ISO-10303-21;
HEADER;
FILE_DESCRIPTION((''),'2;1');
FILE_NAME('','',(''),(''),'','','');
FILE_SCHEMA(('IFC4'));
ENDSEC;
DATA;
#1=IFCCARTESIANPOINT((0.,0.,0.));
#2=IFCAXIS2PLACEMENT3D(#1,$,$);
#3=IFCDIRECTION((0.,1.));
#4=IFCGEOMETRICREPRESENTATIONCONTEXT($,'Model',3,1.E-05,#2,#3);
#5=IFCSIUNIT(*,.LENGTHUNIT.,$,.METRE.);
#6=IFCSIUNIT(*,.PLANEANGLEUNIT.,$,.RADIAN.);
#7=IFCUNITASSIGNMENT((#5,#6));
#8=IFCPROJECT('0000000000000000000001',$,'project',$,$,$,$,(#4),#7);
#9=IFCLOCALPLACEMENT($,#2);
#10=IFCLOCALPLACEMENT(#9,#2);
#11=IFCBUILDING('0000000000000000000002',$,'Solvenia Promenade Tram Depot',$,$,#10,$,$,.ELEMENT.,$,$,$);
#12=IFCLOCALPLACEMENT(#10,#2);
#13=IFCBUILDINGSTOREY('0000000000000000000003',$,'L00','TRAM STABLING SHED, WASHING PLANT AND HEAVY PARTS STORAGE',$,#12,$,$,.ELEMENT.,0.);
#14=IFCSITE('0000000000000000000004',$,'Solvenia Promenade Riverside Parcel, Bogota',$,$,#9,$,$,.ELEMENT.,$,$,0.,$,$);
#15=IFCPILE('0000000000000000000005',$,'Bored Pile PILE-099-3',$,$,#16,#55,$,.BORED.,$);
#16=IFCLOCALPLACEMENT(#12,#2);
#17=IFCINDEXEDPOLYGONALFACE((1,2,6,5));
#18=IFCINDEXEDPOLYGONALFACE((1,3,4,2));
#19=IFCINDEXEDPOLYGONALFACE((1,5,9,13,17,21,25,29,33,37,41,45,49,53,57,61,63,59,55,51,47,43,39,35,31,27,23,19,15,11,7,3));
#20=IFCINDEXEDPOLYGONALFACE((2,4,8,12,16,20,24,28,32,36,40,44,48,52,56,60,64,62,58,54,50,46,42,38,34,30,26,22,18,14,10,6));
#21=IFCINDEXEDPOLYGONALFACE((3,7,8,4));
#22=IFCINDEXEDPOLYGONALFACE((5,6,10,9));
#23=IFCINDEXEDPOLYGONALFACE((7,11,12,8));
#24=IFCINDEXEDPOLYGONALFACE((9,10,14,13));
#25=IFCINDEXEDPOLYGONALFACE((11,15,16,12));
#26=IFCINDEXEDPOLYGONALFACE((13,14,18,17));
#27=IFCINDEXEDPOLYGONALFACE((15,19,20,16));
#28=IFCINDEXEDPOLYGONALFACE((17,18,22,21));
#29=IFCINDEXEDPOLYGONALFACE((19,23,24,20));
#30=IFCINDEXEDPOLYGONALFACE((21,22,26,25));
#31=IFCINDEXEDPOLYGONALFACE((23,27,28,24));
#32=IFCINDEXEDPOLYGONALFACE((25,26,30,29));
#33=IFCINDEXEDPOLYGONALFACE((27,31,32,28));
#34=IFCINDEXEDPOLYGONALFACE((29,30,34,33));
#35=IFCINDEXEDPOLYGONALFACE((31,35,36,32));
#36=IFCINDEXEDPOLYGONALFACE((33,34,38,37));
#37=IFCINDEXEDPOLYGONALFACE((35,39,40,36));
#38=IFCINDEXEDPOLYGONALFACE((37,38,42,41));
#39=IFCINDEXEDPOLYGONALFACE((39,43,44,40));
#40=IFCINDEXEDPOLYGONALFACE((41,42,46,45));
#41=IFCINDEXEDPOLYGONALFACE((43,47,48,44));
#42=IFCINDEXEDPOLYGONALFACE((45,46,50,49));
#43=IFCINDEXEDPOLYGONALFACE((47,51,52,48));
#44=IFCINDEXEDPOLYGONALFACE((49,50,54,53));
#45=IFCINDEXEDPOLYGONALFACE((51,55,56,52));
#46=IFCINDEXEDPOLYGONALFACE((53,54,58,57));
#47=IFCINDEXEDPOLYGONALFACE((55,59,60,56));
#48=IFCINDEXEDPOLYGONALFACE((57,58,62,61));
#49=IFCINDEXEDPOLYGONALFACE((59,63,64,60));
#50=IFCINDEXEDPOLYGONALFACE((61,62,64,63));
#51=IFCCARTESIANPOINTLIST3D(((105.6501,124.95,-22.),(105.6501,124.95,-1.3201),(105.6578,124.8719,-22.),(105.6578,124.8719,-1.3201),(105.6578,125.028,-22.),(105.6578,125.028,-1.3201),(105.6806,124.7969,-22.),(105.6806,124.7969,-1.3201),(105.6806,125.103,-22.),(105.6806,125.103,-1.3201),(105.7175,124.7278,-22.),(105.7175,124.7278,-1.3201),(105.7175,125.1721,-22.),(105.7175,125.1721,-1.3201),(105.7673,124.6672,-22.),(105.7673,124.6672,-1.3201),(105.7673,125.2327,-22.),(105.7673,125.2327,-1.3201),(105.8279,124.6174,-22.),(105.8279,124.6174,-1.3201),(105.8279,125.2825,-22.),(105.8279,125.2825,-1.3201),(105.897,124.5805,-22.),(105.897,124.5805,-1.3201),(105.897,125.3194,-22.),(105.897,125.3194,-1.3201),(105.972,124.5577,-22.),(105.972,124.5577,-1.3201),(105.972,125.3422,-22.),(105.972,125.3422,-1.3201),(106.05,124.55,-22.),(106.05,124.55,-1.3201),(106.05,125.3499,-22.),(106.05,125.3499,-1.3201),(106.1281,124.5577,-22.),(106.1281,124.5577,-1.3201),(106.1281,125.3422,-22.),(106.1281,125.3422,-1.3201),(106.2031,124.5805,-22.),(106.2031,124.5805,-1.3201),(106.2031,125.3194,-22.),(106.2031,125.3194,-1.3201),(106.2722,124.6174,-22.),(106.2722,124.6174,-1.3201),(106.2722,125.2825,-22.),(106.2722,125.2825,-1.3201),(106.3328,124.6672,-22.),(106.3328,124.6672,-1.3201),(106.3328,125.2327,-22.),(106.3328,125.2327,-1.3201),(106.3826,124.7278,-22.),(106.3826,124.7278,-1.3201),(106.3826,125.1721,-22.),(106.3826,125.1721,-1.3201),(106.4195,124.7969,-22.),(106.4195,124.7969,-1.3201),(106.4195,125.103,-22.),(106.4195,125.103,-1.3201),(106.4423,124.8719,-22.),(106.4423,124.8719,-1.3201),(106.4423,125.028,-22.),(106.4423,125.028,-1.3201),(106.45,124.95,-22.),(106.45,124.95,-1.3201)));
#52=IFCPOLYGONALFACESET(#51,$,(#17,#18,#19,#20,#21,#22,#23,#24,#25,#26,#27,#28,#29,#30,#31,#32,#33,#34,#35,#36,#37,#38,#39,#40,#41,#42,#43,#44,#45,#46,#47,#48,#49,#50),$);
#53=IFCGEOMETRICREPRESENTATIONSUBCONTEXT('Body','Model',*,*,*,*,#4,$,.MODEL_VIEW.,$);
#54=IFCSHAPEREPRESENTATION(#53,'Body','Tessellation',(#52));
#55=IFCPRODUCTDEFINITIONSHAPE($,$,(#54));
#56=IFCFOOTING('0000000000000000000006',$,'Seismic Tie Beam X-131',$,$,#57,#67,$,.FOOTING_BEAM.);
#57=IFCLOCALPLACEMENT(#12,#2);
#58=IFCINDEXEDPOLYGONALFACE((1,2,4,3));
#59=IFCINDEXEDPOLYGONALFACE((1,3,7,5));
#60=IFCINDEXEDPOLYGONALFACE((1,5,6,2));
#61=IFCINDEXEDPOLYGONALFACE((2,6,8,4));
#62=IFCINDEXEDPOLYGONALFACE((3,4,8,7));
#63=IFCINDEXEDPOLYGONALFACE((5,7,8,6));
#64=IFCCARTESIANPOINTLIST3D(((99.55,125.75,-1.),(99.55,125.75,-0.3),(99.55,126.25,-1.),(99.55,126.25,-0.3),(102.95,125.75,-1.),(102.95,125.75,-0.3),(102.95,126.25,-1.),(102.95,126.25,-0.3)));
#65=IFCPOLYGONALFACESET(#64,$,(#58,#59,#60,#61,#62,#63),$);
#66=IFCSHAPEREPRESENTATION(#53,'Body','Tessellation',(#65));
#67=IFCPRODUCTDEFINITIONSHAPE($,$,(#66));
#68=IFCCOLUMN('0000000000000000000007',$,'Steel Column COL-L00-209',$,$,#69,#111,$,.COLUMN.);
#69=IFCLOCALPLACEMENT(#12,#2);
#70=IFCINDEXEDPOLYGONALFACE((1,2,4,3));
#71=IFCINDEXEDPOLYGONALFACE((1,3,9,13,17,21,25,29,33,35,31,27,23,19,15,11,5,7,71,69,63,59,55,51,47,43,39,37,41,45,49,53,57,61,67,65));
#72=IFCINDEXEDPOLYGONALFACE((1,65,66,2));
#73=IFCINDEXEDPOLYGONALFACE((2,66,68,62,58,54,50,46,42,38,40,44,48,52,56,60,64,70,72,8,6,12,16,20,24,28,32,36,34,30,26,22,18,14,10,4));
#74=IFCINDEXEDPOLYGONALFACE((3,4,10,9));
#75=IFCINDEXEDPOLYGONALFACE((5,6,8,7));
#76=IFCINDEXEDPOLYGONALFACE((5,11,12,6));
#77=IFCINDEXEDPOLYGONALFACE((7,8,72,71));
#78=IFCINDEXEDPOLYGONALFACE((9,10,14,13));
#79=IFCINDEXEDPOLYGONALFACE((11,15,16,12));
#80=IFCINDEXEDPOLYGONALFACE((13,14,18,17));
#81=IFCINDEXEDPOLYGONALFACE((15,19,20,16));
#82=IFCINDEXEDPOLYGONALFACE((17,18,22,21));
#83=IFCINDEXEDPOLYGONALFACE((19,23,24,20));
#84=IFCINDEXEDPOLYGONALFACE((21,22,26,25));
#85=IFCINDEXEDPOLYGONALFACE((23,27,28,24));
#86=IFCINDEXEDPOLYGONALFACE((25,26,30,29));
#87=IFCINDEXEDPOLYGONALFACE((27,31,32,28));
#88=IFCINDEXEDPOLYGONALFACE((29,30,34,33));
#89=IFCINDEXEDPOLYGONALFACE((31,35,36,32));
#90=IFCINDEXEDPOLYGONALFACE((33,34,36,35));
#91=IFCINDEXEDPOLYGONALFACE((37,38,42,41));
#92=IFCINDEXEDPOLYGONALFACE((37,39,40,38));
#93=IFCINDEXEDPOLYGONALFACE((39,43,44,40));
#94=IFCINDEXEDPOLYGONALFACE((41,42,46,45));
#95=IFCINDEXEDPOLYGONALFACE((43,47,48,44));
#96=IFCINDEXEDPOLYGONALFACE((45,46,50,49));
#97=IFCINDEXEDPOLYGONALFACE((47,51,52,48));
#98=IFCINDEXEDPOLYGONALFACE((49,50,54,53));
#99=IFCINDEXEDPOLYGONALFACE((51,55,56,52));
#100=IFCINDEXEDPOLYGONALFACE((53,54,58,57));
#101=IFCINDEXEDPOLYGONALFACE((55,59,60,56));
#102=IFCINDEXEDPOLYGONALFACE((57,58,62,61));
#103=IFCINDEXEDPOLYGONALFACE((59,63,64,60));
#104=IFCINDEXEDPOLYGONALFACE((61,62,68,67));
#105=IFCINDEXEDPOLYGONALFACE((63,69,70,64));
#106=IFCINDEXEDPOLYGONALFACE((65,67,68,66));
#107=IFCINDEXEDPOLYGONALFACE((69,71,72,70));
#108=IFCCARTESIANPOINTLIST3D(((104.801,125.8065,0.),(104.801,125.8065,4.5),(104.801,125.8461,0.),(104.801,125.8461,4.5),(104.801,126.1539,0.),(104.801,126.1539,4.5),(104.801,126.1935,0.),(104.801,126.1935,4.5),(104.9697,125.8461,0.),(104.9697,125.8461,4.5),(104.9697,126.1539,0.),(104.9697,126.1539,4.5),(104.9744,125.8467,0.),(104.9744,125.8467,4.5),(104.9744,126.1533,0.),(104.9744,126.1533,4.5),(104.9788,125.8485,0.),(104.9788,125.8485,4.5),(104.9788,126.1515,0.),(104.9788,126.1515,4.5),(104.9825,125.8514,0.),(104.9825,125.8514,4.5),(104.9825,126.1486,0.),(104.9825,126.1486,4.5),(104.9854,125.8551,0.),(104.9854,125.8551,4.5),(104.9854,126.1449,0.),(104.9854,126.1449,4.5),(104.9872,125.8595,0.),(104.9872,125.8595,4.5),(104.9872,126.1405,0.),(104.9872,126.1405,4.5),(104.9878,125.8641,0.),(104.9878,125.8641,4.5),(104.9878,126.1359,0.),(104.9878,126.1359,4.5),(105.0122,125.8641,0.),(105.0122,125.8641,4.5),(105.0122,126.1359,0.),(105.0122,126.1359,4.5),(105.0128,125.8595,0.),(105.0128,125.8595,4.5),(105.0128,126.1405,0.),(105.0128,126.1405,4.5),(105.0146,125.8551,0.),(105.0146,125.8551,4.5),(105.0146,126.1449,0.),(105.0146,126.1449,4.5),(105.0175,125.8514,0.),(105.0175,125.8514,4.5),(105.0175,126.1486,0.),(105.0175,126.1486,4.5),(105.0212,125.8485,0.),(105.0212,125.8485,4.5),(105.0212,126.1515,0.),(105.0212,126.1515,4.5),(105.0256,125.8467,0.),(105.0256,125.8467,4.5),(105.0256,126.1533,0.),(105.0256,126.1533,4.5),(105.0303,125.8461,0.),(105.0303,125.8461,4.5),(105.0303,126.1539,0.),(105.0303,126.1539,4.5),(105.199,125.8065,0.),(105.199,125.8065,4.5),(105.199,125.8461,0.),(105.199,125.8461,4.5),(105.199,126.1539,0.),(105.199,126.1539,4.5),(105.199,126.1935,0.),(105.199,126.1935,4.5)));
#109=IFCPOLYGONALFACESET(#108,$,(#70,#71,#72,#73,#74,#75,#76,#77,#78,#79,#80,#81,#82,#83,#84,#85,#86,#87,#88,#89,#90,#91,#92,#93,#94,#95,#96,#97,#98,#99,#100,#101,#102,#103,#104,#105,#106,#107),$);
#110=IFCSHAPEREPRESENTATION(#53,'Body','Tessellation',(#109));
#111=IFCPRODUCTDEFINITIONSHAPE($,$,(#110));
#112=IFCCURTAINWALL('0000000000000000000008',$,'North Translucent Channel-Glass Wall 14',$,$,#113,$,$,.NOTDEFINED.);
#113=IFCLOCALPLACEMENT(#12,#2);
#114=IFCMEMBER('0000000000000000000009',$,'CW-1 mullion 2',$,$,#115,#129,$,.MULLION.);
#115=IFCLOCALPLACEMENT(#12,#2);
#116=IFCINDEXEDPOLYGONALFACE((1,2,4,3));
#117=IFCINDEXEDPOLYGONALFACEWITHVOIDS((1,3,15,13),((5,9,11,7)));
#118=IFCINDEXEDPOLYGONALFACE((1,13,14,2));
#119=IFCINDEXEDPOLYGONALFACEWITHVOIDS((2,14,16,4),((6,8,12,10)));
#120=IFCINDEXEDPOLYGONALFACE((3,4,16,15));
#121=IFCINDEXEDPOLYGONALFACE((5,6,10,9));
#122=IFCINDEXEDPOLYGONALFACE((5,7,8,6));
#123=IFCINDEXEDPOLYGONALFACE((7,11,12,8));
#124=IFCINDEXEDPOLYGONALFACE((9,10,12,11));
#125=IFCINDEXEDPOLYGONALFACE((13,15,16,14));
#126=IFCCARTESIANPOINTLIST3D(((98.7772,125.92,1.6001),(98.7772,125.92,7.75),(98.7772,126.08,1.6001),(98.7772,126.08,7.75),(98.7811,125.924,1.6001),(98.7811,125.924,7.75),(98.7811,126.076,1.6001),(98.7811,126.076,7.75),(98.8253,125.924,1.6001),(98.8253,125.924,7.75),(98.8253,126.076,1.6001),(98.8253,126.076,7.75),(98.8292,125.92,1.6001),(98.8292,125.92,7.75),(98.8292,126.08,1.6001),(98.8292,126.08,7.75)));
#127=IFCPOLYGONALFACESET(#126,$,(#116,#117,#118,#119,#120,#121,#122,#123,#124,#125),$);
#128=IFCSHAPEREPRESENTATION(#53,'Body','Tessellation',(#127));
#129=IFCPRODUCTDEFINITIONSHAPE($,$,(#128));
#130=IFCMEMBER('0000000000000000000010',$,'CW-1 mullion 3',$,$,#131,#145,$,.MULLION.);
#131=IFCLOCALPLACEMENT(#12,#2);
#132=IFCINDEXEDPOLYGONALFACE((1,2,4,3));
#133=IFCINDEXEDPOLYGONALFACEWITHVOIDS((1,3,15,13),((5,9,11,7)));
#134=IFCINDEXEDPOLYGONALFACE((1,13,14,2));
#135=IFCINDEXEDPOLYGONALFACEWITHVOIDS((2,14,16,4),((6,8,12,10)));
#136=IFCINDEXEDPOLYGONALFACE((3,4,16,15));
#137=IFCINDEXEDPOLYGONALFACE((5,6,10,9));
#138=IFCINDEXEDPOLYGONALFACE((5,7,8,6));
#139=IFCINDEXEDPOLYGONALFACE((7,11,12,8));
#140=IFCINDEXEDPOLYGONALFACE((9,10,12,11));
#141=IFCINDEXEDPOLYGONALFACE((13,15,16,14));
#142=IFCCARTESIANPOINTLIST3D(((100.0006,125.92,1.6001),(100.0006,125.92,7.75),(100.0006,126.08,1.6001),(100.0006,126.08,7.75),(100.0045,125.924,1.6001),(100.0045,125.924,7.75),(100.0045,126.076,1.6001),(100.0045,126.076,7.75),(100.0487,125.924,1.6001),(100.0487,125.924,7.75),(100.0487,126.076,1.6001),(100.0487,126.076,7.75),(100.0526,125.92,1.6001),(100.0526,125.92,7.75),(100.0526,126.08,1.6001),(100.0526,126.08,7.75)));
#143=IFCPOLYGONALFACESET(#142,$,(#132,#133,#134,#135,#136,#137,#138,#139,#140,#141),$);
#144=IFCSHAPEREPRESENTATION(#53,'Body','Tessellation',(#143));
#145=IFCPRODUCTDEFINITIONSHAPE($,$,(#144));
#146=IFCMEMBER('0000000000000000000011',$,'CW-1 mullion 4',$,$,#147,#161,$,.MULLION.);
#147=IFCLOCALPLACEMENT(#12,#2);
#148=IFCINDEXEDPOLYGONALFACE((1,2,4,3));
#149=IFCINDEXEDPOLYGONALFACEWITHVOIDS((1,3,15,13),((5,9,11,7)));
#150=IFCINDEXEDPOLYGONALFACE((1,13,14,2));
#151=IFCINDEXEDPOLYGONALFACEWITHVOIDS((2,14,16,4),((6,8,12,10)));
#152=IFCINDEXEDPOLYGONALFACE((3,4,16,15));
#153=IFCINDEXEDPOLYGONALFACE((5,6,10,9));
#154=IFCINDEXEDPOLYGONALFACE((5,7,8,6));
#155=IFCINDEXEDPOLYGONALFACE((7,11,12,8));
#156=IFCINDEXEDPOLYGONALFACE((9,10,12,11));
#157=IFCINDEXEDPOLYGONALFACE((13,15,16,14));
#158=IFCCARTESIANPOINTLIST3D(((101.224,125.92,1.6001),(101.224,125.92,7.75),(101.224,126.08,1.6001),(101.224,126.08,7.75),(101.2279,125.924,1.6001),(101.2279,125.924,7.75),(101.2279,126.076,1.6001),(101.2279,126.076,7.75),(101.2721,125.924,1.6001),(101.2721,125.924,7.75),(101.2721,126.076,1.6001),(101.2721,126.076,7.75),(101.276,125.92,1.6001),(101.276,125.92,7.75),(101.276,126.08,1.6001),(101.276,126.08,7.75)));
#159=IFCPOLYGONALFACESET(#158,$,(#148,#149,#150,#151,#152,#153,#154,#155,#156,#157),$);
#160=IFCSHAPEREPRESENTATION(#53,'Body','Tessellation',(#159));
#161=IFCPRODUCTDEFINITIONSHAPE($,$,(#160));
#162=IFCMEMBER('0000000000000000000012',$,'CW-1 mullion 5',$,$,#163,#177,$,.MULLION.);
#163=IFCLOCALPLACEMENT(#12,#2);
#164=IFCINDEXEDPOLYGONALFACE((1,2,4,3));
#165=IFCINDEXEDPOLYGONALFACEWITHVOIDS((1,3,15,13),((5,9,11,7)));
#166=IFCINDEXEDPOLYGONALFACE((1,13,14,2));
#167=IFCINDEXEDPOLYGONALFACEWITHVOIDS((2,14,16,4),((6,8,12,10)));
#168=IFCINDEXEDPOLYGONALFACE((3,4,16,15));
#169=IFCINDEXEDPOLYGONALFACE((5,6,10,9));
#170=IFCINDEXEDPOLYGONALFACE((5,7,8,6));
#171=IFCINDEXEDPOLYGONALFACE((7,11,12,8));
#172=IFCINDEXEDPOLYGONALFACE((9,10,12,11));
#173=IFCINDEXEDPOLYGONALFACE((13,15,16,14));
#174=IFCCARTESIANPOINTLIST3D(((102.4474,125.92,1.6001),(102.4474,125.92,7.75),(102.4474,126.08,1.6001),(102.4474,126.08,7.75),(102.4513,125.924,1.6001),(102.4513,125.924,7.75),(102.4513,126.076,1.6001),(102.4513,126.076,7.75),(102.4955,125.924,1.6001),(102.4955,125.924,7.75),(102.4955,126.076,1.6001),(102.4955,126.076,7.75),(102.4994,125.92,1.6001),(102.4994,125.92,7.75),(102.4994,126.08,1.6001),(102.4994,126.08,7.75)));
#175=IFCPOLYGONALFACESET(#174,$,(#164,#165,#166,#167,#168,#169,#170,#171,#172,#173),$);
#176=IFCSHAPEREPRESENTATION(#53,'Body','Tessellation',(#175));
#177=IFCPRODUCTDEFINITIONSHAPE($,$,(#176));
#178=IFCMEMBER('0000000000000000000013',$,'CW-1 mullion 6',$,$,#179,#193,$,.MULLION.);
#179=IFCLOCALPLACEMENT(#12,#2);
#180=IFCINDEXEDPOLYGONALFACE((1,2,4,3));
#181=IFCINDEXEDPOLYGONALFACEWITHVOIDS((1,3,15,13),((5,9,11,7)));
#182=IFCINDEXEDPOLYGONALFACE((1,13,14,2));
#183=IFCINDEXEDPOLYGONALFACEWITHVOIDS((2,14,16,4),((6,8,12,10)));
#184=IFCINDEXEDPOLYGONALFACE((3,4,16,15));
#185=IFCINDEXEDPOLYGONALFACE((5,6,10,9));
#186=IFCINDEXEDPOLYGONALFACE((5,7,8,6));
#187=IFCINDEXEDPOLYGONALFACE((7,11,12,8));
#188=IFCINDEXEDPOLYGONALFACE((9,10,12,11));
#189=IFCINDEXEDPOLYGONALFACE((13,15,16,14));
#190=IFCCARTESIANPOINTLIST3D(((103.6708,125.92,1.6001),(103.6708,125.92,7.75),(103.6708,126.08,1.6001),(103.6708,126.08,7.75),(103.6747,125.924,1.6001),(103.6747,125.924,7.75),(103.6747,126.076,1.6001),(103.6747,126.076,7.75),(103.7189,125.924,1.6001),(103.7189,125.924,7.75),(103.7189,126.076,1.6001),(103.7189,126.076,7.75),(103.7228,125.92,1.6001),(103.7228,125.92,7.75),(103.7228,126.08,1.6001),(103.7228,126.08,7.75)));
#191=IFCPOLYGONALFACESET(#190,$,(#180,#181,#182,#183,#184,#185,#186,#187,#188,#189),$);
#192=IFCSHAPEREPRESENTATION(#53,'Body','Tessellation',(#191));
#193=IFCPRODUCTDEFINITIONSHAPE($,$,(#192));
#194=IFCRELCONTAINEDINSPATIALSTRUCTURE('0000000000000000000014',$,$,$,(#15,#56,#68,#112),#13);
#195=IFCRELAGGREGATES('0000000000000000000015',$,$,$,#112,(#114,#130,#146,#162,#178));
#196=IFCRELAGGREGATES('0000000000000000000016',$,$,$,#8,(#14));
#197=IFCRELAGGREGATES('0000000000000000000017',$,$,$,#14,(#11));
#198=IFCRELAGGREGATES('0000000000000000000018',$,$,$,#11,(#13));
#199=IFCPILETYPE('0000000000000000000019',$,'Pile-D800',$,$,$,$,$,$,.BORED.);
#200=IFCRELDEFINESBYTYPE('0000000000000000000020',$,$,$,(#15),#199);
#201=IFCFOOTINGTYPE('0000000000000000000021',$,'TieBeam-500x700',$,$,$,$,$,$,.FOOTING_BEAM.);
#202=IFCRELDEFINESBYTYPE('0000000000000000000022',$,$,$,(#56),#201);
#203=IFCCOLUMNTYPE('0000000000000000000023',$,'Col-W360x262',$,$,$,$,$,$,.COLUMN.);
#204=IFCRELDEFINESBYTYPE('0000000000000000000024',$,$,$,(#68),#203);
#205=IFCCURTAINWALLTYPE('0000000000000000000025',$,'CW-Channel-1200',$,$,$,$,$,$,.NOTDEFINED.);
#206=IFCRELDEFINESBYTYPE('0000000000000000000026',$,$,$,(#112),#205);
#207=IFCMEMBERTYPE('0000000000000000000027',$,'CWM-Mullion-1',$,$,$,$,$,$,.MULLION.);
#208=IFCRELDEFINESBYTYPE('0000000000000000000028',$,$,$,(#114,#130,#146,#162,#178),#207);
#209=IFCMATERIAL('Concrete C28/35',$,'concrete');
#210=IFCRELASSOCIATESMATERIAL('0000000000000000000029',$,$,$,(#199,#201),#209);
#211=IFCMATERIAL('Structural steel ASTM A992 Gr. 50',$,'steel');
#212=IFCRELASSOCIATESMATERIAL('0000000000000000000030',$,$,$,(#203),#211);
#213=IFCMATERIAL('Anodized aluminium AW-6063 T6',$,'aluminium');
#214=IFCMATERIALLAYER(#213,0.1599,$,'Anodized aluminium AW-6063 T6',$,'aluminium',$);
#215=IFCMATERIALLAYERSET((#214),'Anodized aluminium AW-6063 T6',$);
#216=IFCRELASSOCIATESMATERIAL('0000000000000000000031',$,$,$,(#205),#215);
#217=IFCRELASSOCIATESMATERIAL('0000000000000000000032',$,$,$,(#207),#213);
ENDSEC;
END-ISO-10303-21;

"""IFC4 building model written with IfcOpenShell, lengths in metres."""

from ifc_helpers import new_model, si_unit, direction, frame, origin, origin_2d, place, context, subcontext, project, spatial, rectangle, hollow_rectangle, circle, i_section, extrude, material, layer, layer_set, material_profile, profile_set, type_object, element, aggregate, save


model = new_model("IFC4")

# Units and contexts
model_context = context("Model", 3, precision=1e-05, world=origin(), true_north=direction((0.0, 1.0)))
body_context = subcontext(model_context, "Body", "Model", "MODEL_VIEW")
ifc_project = project(units=[si_unit("LENGTHUNIT", "METRE"), si_unit("PLANEANGLEUNIT", "RADIAN")], contexts=[model_context])

# Site, building, storey
site_placement = place(None, origin())
site = spatial("IfcSite", under=ifc_project, at=site_placement, Name="Solvenia Promenade Riverside Parcel, Bogota", CompositionType="ELEMENT", RefElevation=0.0)
building_placement = place(site_placement, origin())
building = spatial("IfcBuilding", under=site, at=building_placement, Name="Solvenia Promenade Tram Depot", CompositionType="ELEMENT")
storey_placement = place(building_placement, origin())
storey = spatial("IfcBuildingStorey", under=building, at=storey_placement, Name="L00", Description="TRAM STABLING SHED, WASHING PLANT AND HEAVY PARTS STORAGE", CompositionType="ELEMENT", Elevation=0.0)

# Shared definitions
ifc_material_1 = material(Name="Concrete C28/35", Category="concrete")

# Pile
ifc_material_profile_1 = material_profile(ifc_material_1, circle(Radius=0.3999, at=origin_2d()), Name="D800", Category="concrete")
ifc_profile_set_1 = profile_set([ifc_material_profile_1], Name="Concrete C28/35")
pile_type = type_object("IfcPileType", Name="Pile-D800", PredefinedType="BORED", material=ifc_profile_set_1)
for number, where, z_axis, x_axis, name in (
    (1, (106.05, 124.95, -1.3201), (0.0, 0.0, -1.0), (1.0, 0.0, 0.0), "Bored Pile PILE-099-3"),
):
    element("IfcPile", number, at=place(storey_placement, frame(where, z_axis=z_axis, x_axis=x_axis)), inside=storey, type_object=pile_type, Name=name, PredefinedType="BORED", context=body_context, shape_type="SweptSolid", body=[
        extrude(circle(Radius=0.3999, at=origin_2d()), origin(), (0.0, 0.0, 1.0), 20.6799),
    ])

# Footing
footing_type_1 = type_object("IfcFootingType", Name="TieBeam-500x700", PredefinedType="FOOTING_BEAM", material=ifc_material_1)
footing_1_placement = place(storey_placement, frame((101.25, 126.0, -1.0), z_axis=(0.0, 0.0, 1.0), x_axis=(1.0, 0.0, 0.0)))
element("IfcFooting", 2, at=footing_1_placement, inside=storey, type_object=footing_type_1, Name="Seismic Tie Beam X-131", PredefinedType="FOOTING_BEAM", context=body_context, shape_type="SweptSolid", body=[
    extrude(rectangle(XDim=3.3999, YDim=0.5, at=origin_2d()), origin(), (0.0, 0.0, 1.0), 0.7),
])

# Column
ifc_material_2 = material(Name="Structural steel ASTM A992 Gr. 50", Category="steel")
ifc_material_profile_2 = material_profile(ifc_material_2, i_section(OverallWidth=0.3979, OverallDepth=0.387, WebThickness=0.0244, FlangeThickness=0.0396, FilletRadius=0.0181, at=origin_2d()), Name="W360x262", Category="steel")
ifc_profile_set_2 = profile_set([ifc_material_profile_2], Name="Structural steel ASTM A992 Gr. 50")
column_type = type_object("IfcColumnType", Name="Col-W360x262", PredefinedType="COLUMN", material=ifc_profile_set_2)
column_placement = place(storey_placement, frame((105.0, 126.0, 0.0), z_axis=(0.0, 0.0, 1.0), x_axis=(1.0, 0.0, 0.0)))
element("IfcColumn", 3, at=column_placement, inside=storey, type_object=column_type, Name="Steel Column COL-L00-209", PredefinedType="COLUMN", context=body_context, shape_type="SweptSolid", body=[
    extrude(i_section(OverallWidth=0.3979, OverallDepth=0.387, WebThickness=0.0244, FlangeThickness=0.0396, FilletRadius=0.0181, at=origin_2d()), origin(), (0.0, 0.0, 1.0), 4.5),
])

# Curtain wall, members
ifc_material_3 = material(Name="Anodized aluminium AW-6063 T6", Category="aluminium")
ifc_layer_1 = layer(ifc_material_3, 0.1599, Name="Anodized aluminium AW-6063 T6", Category="aluminium")
ifc_layer_set_1 = layer_set([ifc_layer_1], Name="Anodized aluminium AW-6063 T6")
curtain_wall_type = type_object("IfcCurtainWallType", Name="CW-Channel-1200", PredefinedType="NOTDEFINED", material=ifc_layer_set_1)
curtain_wall_1_placement = place(storey_placement, origin())
curtain_wall_1 = element("IfcCurtainWall", 4, at=curtain_wall_1_placement, inside=storey, type_object=curtain_wall_type, Name="North Translucent Channel-Glass Wall 14", PredefinedType="NOTDEFINED")
ifc_material_profile_3 = material_profile(ifc_material_3, hollow_rectangle(XDim=0.1599, YDim=0.052, WallThickness=0.0039, at=origin_2d()), Name="ALU-M1", Category="aluminium")
ifc_profile_set_3 = profile_set([ifc_material_profile_3], Name="Anodized aluminium AW-6063 T6")
member_type_1 = type_object("IfcMemberType", Name="CWM-Mullion-1", PredefinedType="MULLION", material=ifc_profile_set_3)
member_1_placement = place(storey_placement, frame((98.8032, 126.0, 1.6001), z_axis=(0.0, 0.0, 1.0), x_axis=(0.0, 1.0, 0.0)))
member_1 = element("IfcMember", 5, at=member_1_placement, type_object=member_type_1, Name="CW-1 mullion 2", PredefinedType="MULLION", context=body_context, shape_type="SweptSolid", body=[
    extrude(hollow_rectangle(XDim=0.1599, YDim=0.052, WallThickness=0.0039, at=origin_2d()), origin(), (0.0, 0.0, 1.0), 6.1499),
])
member_2_placement = place(storey_placement, frame((100.0266, 126.0, 1.6001), z_axis=(0.0, 0.0, 1.0), x_axis=(0.0, 1.0, 0.0)))
member_2 = element("IfcMember", 6, at=member_2_placement, type_object=member_type_1, Name="CW-1 mullion 3", PredefinedType="MULLION", context=body_context, shape_type="SweptSolid", body=[
    extrude(hollow_rectangle(XDim=0.1599, YDim=0.052, WallThickness=0.0039, at=origin_2d()), origin(), (0.0, 0.0, 1.0), 6.1499),
])
member_3_placement = place(storey_placement, frame((101.25, 126.0, 1.6001), z_axis=(0.0, 0.0, 1.0), x_axis=(0.0, 1.0, 0.0)))
member_3 = element("IfcMember", 7, at=member_3_placement, type_object=member_type_1, Name="CW-1 mullion 4", PredefinedType="MULLION", context=body_context, shape_type="SweptSolid", body=[
    extrude(hollow_rectangle(XDim=0.1599, YDim=0.052, WallThickness=0.0039, at=origin_2d()), origin(), (0.0, 0.0, 1.0), 6.1499),
])
member_4_placement = place(storey_placement, frame((102.4734, 126.0, 1.6001), z_axis=(0.0, 0.0, 1.0), x_axis=(0.0, 1.0, 0.0)))
member_4 = element("IfcMember", 8, at=member_4_placement, type_object=member_type_1, Name="CW-1 mullion 5", PredefinedType="MULLION", context=body_context, shape_type="SweptSolid", body=[
    extrude(hollow_rectangle(XDim=0.1599, YDim=0.052, WallThickness=0.0039, at=origin_2d()), origin(), (0.0, 0.0, 1.0), 6.1499),
])
member_5_placement = place(storey_placement, frame((103.6968, 126.0, 1.6001), z_axis=(0.0, 0.0, 1.0), x_axis=(0.0, 1.0, 0.0)))
member_5 = element("IfcMember", 9, at=member_5_placement, type_object=member_type_1, Name="CW-1 mullion 6", PredefinedType="MULLION", context=body_context, shape_type="SweptSolid", body=[
    extrude(hollow_rectangle(XDim=0.1599, YDim=0.052, WallThickness=0.0039, at=origin_2d()), origin(), (0.0, 0.0, 1.0), 6.1499),
])

aggregate(curtain_wall_1, [member_1, member_2, member_3, member_4, member_5])

save(model, "model.ifc")
